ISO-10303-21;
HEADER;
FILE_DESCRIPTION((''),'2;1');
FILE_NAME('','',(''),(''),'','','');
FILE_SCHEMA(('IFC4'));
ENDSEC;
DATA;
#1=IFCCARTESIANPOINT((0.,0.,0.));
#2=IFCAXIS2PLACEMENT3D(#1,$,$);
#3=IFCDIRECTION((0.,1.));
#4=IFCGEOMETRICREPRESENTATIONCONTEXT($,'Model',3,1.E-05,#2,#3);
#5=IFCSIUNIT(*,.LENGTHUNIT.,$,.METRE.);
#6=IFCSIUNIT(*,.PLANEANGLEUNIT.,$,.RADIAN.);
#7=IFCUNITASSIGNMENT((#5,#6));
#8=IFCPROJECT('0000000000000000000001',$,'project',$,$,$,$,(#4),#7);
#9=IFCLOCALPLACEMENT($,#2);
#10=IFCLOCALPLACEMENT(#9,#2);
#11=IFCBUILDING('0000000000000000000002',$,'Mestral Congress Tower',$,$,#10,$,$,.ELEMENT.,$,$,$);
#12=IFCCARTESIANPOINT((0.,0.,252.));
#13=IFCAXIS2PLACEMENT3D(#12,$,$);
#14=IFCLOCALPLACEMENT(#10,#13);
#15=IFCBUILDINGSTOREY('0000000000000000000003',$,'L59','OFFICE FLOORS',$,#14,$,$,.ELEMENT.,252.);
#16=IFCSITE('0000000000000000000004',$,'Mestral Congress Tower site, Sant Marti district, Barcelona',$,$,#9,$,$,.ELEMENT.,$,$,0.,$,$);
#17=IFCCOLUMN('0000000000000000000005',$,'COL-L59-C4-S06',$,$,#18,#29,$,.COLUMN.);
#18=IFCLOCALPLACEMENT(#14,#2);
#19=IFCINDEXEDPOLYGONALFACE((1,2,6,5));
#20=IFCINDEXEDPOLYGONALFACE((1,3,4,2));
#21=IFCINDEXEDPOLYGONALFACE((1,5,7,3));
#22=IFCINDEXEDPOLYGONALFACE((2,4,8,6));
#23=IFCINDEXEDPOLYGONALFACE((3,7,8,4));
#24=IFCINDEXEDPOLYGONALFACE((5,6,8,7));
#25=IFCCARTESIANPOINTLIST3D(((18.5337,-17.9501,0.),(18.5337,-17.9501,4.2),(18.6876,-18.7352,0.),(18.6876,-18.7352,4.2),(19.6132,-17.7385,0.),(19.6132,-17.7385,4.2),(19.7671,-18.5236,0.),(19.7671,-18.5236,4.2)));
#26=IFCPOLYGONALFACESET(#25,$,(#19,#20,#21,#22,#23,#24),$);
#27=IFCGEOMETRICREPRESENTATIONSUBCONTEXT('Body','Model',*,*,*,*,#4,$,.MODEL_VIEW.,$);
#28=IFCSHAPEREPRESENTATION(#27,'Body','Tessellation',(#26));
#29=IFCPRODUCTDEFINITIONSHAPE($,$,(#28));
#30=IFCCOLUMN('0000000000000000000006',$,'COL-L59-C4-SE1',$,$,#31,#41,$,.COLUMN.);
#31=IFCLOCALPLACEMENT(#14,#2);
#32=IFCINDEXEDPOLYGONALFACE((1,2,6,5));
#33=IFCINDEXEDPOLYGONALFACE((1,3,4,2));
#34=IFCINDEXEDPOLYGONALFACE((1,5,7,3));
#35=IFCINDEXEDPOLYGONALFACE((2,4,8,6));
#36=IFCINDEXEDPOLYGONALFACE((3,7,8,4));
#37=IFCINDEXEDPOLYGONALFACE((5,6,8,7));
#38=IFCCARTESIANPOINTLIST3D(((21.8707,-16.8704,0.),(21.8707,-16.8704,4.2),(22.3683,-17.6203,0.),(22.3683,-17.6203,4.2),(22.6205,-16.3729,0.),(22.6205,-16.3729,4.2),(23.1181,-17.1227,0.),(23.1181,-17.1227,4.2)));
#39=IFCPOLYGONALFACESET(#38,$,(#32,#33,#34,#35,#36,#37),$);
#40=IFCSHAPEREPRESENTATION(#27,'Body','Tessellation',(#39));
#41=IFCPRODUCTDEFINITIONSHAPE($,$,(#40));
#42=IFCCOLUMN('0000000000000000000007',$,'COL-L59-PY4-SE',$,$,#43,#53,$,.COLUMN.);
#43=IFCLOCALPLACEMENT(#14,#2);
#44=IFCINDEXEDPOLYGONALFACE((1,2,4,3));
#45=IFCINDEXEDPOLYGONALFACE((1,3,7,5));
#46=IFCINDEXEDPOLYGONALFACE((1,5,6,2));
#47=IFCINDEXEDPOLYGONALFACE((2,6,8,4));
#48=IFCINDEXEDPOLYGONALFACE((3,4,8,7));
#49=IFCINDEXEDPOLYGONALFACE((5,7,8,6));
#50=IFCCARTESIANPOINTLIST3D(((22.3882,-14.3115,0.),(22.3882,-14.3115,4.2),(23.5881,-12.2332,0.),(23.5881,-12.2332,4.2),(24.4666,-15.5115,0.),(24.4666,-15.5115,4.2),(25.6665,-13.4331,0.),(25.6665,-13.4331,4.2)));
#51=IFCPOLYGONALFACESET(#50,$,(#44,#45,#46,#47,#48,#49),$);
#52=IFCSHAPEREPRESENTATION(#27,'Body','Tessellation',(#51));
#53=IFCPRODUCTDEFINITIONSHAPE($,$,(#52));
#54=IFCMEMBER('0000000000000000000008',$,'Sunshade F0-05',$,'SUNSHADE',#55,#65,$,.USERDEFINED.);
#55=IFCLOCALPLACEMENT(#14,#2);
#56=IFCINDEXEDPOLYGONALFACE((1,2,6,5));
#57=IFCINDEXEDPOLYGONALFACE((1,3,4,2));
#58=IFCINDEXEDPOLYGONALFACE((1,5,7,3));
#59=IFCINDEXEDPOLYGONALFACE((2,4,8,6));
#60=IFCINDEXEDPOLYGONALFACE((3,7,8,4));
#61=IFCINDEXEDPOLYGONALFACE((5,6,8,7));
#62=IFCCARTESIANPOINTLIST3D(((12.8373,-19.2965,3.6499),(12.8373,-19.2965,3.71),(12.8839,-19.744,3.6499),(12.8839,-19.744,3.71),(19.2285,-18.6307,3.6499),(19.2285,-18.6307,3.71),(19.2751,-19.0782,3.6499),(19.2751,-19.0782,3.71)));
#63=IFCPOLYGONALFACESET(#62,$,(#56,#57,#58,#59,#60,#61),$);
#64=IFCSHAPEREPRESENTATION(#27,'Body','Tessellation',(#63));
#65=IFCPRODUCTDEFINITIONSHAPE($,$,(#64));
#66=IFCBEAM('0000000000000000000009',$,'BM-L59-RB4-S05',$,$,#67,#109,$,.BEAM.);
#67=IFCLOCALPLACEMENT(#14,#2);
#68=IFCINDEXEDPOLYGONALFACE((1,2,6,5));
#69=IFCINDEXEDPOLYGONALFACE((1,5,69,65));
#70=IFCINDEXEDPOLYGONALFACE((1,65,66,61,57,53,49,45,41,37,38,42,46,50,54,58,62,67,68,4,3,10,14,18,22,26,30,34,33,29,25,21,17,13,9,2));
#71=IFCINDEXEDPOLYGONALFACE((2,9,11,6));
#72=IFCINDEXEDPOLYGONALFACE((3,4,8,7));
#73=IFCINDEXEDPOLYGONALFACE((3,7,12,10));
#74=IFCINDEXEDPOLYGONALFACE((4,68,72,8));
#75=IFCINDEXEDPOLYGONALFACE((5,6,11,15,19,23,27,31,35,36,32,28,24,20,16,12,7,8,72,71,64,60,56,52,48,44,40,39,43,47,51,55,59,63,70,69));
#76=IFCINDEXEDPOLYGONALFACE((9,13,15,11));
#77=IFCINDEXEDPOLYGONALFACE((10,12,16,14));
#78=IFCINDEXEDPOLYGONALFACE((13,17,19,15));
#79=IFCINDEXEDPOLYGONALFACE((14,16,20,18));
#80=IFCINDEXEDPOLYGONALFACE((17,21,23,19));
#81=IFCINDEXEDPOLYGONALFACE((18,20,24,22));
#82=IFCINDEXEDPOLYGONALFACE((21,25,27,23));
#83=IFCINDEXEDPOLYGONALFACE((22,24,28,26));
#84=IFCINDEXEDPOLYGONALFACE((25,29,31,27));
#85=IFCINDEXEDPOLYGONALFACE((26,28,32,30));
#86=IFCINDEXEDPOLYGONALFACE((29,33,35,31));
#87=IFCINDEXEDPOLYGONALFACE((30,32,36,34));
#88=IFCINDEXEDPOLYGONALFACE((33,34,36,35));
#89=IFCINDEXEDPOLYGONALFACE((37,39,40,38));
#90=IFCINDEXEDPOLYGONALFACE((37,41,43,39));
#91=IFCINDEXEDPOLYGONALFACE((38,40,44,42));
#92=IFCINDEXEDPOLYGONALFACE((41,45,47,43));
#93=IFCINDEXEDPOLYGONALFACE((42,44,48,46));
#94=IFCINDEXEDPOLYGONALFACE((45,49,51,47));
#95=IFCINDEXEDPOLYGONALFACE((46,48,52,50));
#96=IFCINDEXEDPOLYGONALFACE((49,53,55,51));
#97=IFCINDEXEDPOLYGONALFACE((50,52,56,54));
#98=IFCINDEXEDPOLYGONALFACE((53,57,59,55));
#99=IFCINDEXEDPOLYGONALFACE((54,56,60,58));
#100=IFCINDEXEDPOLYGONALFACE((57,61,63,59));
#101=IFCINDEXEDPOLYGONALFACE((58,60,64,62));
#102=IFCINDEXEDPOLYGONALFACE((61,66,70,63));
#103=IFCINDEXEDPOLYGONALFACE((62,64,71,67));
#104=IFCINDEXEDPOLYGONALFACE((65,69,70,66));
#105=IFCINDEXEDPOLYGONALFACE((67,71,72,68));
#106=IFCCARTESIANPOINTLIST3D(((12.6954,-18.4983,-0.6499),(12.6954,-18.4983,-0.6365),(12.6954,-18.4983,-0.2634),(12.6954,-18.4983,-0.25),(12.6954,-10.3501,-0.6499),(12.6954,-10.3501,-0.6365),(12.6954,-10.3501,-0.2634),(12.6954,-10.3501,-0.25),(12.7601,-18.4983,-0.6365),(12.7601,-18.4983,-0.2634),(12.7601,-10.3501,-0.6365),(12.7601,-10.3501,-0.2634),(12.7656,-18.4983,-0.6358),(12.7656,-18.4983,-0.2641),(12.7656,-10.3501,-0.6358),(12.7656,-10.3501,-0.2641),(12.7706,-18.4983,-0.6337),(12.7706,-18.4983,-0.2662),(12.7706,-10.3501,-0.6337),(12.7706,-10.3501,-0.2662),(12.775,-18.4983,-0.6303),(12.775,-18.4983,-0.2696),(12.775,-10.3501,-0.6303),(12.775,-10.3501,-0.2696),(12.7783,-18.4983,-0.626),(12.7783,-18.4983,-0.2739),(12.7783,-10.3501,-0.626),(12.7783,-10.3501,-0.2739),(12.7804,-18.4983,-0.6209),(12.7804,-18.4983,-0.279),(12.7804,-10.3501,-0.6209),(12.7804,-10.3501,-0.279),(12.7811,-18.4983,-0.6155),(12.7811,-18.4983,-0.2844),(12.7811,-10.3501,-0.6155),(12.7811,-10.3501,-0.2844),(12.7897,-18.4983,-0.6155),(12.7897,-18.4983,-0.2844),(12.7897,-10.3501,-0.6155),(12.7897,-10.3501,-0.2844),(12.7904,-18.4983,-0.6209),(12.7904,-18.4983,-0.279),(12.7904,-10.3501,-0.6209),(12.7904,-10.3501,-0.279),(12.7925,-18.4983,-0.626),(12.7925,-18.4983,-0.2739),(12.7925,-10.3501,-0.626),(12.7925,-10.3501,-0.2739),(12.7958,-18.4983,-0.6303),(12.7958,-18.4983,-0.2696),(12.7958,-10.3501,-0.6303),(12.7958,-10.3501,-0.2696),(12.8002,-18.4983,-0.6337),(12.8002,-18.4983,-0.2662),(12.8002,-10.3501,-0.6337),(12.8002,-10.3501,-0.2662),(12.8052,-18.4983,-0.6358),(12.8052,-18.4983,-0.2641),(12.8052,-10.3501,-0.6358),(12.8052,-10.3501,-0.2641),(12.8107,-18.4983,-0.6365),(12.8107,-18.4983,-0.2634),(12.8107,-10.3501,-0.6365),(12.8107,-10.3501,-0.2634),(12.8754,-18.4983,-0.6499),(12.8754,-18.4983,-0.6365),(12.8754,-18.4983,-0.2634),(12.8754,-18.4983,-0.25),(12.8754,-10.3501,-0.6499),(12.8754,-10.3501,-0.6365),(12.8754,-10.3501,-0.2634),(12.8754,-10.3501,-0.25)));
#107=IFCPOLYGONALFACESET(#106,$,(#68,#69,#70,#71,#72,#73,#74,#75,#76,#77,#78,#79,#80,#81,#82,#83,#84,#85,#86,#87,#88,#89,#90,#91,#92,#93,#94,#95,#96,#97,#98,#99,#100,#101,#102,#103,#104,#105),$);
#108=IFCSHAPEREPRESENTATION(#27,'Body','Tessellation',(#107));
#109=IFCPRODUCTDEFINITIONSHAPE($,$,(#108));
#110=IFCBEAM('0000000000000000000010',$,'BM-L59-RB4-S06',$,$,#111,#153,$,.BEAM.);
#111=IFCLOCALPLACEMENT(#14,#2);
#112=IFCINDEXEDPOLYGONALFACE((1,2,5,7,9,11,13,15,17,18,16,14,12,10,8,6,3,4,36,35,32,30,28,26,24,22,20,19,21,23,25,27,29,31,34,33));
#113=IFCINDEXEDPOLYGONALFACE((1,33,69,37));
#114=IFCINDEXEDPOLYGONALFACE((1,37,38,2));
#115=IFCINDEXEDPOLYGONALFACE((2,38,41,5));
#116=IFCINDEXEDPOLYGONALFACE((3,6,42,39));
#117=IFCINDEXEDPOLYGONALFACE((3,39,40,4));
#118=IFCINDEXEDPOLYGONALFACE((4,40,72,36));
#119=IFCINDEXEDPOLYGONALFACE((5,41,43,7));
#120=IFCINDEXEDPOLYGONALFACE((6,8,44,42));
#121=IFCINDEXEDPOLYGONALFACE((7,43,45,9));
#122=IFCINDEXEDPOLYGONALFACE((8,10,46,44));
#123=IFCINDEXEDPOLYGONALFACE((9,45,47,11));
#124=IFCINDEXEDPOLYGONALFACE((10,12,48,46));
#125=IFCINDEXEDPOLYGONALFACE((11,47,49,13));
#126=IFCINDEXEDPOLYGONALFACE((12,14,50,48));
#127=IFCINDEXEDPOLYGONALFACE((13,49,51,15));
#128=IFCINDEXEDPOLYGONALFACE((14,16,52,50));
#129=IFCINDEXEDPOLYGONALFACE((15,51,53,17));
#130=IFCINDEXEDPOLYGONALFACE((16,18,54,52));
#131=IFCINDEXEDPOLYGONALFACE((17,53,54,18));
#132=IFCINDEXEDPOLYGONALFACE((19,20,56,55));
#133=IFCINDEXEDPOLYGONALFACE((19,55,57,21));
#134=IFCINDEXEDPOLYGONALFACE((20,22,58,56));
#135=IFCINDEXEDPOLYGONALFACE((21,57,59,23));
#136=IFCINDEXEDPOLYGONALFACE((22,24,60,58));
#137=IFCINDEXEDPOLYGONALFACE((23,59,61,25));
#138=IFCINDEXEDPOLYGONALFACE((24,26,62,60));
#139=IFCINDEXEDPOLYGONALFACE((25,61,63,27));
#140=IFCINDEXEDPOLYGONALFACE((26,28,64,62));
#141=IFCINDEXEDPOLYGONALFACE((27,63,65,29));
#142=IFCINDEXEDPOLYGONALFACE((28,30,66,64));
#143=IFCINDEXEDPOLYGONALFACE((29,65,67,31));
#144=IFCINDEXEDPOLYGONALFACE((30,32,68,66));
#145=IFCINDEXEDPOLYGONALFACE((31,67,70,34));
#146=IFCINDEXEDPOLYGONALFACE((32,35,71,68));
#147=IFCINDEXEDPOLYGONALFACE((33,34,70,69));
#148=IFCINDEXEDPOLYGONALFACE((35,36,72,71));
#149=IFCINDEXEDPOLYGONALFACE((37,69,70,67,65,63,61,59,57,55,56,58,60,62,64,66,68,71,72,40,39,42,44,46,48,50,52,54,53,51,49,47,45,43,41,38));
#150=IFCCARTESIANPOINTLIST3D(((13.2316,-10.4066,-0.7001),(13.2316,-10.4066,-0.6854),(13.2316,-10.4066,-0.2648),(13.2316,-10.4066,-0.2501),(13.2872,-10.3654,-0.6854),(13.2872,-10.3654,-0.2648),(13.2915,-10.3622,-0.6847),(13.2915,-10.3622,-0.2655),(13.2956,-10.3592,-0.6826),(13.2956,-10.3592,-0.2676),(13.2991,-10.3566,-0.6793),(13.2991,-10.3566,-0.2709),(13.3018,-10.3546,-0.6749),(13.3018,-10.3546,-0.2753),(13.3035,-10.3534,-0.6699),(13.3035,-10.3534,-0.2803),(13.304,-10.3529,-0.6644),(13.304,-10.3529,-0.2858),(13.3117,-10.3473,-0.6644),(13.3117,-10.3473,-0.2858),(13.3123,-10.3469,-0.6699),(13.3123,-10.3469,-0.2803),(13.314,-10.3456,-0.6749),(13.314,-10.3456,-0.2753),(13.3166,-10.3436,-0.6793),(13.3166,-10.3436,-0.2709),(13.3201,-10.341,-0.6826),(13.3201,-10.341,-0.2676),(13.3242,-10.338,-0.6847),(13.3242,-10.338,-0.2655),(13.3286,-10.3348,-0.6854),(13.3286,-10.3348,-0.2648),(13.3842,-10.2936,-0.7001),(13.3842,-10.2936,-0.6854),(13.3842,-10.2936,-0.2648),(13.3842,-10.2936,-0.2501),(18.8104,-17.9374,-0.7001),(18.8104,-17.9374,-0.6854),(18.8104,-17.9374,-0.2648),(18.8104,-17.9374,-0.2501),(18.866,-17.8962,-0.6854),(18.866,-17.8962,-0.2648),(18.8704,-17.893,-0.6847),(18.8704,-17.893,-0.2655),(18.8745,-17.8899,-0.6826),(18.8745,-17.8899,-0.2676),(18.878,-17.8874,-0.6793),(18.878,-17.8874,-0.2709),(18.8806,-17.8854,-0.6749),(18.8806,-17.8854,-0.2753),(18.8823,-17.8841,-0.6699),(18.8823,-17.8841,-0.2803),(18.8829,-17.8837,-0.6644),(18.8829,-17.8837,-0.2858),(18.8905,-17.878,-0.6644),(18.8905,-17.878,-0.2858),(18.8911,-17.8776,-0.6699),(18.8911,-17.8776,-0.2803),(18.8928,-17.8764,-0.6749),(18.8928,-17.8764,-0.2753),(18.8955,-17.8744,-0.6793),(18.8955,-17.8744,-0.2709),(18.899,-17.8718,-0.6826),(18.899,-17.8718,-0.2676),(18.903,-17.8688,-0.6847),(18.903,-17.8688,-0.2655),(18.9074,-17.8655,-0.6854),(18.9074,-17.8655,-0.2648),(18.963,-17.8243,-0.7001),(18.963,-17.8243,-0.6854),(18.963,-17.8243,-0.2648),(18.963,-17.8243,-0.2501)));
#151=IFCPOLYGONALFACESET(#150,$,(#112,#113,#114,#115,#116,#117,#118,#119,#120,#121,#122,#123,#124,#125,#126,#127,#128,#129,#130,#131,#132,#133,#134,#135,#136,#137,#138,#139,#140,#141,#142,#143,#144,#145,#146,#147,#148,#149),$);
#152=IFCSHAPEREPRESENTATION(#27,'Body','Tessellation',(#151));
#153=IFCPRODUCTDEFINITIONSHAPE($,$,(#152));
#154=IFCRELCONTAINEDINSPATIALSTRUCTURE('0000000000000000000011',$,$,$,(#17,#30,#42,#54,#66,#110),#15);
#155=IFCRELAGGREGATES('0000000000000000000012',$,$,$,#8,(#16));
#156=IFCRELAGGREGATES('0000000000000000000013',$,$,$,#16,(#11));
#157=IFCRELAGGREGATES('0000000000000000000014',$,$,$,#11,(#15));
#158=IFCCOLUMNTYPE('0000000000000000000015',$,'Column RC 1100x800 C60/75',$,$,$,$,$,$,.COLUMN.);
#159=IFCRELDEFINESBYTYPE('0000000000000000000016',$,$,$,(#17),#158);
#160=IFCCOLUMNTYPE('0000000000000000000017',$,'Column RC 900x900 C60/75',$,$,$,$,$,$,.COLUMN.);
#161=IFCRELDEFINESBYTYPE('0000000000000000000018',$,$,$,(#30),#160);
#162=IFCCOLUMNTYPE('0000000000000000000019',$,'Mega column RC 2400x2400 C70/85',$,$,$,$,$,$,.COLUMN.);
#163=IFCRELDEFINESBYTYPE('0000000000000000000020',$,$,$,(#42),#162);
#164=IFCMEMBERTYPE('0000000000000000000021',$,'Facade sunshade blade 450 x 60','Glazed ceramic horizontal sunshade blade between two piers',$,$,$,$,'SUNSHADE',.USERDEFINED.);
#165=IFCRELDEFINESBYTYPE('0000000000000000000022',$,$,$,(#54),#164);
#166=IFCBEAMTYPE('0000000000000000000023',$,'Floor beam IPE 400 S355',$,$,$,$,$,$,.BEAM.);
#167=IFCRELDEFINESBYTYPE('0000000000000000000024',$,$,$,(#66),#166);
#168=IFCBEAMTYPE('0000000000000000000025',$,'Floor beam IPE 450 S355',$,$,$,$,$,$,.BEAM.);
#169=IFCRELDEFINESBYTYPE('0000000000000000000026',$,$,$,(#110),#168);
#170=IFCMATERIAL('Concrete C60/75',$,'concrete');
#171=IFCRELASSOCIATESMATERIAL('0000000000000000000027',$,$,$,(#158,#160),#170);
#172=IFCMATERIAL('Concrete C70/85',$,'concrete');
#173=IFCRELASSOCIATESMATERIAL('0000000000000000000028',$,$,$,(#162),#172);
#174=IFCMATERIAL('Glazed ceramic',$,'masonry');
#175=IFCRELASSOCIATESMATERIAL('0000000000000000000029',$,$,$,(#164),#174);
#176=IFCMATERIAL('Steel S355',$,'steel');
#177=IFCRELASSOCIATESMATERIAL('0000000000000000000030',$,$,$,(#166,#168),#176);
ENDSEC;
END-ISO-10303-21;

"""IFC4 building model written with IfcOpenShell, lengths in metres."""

from ifc_helpers import new_model, si_unit, direction, frame, origin, origin_2d, place, context, subcontext, project, spatial, rectangle, i_section, extrude, material, material_profile, profile_set, type_object, element, save


model = new_model("IFC4")

# Units and contexts
model_context = context("Model", 3, precision=1e-05, world=origin(), true_north=direction((0.0, 1.0)))
body_context = subcontext(model_context, "Body", "Model", "MODEL_VIEW")
ifc_project = project(units=[si_unit("LENGTHUNIT", "METRE"), si_unit("PLANEANGLEUNIT", "RADIAN")], contexts=[model_context])

# Site, building, storey
site_placement = place(None, origin())
site = spatial("IfcSite", under=ifc_project, at=site_placement, Name="Mestral Congress Tower site, Sant Marti district, Barcelona", CompositionType="ELEMENT", RefElevation=0.0)
building_placement = place(site_placement, origin())
building = spatial("IfcBuilding", under=site, at=building_placement, Name="Mestral Congress Tower", CompositionType="ELEMENT")
storey_placement = place(building_placement, frame((0.0, 0.0, 252.0)))
storey = spatial("IfcBuildingStorey", under=building, at=storey_placement, Name="L59", Description="OFFICE FLOORS", CompositionType="ELEMENT", Elevation=252.0)

# Columns
ifc_material_1 = material(Name="Concrete C60/75", Category="concrete")
ifc_material_profile_1 = material_profile(ifc_material_1, rectangle(XDim=1.1001, YDim=0.8, at=origin_2d()), Name="RC 1100x800")
ifc_profile_set_1 = profile_set([ifc_material_profile_1], Name="Concrete C60/75")
column_type_1 = type_object("IfcColumnType", Name="Column RC 1100x800 C60/75", PredefinedType="COLUMN", material=ifc_profile_set_1)
column_1_placement = place(storey_placement, frame((19.1504, -18.2368, 0.0), z_axis=(0.0, 0.0, 1.0), x_axis=(0.981325, 0.192359, 0.0)))
element("IfcColumn", 1, at=column_1_placement, inside=storey, type_object=column_type_1, Name="COL-L59-C4-S06", PredefinedType="COLUMN", context=body_context, shape_type="SweptSolid", body=[
    extrude(rectangle(XDim=1.1001, YDim=0.8, at=origin_2d()), origin(), (0.0, 0.0, 1.0), 4.2),
])
ifc_material_profile_2 = material_profile(ifc_material_1, rectangle(XDim=0.8999, YDim=0.8999, at=origin_2d()), Name="RC 900x900")
ifc_profile_set_2 = profile_set([ifc_material_profile_2], Name="Concrete C60/75")
column_type_2 = type_object("IfcColumnType", Name="Column RC 900x900 C60/75", PredefinedType="COLUMN", material=ifc_profile_set_2)
column_2_placement = place(storey_placement, frame((22.4944, -16.9966, 0.0), z_axis=(0.0, 0.0, 1.0), x_axis=(0.833239, 0.552913, 0.0)))
element("IfcColumn", 2, at=column_2_placement, inside=storey, type_object=column_type_2, Name="COL-L59-C4-SE1", PredefinedType="COLUMN", context=body_context, shape_type="SweptSolid", body=[
    extrude(rectangle(XDim=0.8999, YDim=0.8999, at=origin_2d()), origin(), (0.0, 0.0, 1.0), 4.2),
])
ifc_material_2 = material(Name="Concrete C70/85", Category="concrete")
ifc_material_profile_3 = material_profile(ifc_material_2, rectangle(XDim=2.3999, YDim=2.3999, at=origin_2d()), Name="RC 2400x2400")
ifc_profile_set_3 = profile_set([ifc_material_profile_3], Name="Concrete C70/85")
column_type_3 = type_object("IfcColumnType", Name="Mega column RC 2400x2400 C70/85", PredefinedType="COLUMN", material=ifc_profile_set_3)
column_3_placement = place(storey_placement, frame((24.0273, -13.8723, 0.0), z_axis=(0.0, 0.0, 1.0), x_axis=(0.866025, -0.5, 0.0)))
element("IfcColumn", 3, at=column_3_placement, inside=storey, type_object=column_type_3, Name="COL-L59-PY4-SE", PredefinedType="COLUMN", context=body_context, shape_type="SweptSolid", body=[
    extrude(rectangle(XDim=2.3999, YDim=2.3999, at=origin_2d()), origin(), (0.0, 0.0, 1.0), 4.2),
])

# Member
ifc_material_3 = material(Name="Glazed ceramic", Category="masonry")
ifc_material_profile_4 = material_profile(ifc_material_3, rectangle(XDim=0.45, YDim=0.0601, at=origin_2d()), Name="Ceramic blade 450 x 60")
ifc_profile_set_4 = profile_set([ifc_material_profile_4], Name="Glazed ceramic")
member_type = type_object("IfcMemberType", Name="Facade sunshade blade 450 x 60", Description="Glazed ceramic horizontal sunshade blade between two piers", ElementType="SUNSHADE", PredefinedType="USERDEFINED", material=ifc_profile_set_4)
member_placement = place(storey_placement, frame((12.8606, -19.5203, 3.6799), z_axis=(0.994618, 0.103611, 0.0), x_axis=(-0.103611, 0.994618, 0.0)))
element("IfcMember", 4, at=member_placement, inside=storey, type_object=member_type, Name="Sunshade F0-05", ObjectType="SUNSHADE", PredefinedType="USERDEFINED", context=body_context, shape_type="SweptSolid", body=[
    extrude(rectangle(XDim=0.45, YDim=0.0601, at=origin_2d()), origin(), (0.0, 0.0, 1.0), 6.4258),
])

# Beams
ifc_material_4 = material(Name="Steel S355", Category="steel")
ifc_material_profile_5 = material_profile(ifc_material_4, i_section(OverallWidth=0.1799, OverallDepth=0.3999, WebThickness=0.0085, FlangeThickness=0.0134, FilletRadius=0.021, at=origin_2d()), Name="IPE 400")
ifc_profile_set_5 = profile_set([ifc_material_profile_5], Name="Steel S355")
beam_type_1 = type_object("IfcBeamType", Name="Floor beam IPE 400 S355", PredefinedType="BEAM", material=ifc_profile_set_5)
beam_1_placement = place(storey_placement, frame((12.7854, -18.4983, -0.45), z_axis=(0.0, 1.0, 0.0), x_axis=(-1.0, 0.0, 0.0)))
element("IfcBeam", 5, at=beam_1_placement, inside=storey, type_object=beam_type_1, Name="BM-L59-RB4-S05", PredefinedType="BEAM", context=body_context, shape_type="SweptSolid", body=[
    extrude(i_section(OverallWidth=0.1799, OverallDepth=0.3999, WebThickness=0.0085, FlangeThickness=0.0134, FilletRadius=0.021, at=origin_2d()), origin(), (0.0, 0.0, 1.0), 8.1482),
])
ifc_material_profile_6 = material_profile(ifc_material_4, i_section(OverallWidth=0.1899, OverallDepth=0.45, WebThickness=0.0095, FlangeThickness=0.0146, FilletRadius=0.021, at=origin_2d()), Name="IPE 450")
ifc_profile_set_6 = profile_set([ifc_material_profile_6], Name="Steel S355")
beam_type_2 = type_object("IfcBeamType", Name="Floor beam IPE 450 S355", PredefinedType="BEAM", material=ifc_profile_set_6)
beam_2_placement = place(storey_placement, frame((18.8867, -17.8809, -0.4751), z_axis=(-0.595263, 0.803531, 0.0), x_axis=(-0.803531, -0.595263, 0.0)))
element("IfcBeam", 6, at=beam_2_placement, inside=storey, type_object=beam_type_2, Name="BM-L59-RB4-S06", PredefinedType="BEAM", context=body_context, shape_type="SweptSolid", body=[
    extrude(i_section(OverallWidth=0.1899, OverallDepth=0.45, WebThickness=0.0095, FlangeThickness=0.0146, FilletRadius=0.021, at=origin_2d()), origin(), (0.0, 0.0, 1.0), 9.3721),
])

save(model, "model.ifc")
